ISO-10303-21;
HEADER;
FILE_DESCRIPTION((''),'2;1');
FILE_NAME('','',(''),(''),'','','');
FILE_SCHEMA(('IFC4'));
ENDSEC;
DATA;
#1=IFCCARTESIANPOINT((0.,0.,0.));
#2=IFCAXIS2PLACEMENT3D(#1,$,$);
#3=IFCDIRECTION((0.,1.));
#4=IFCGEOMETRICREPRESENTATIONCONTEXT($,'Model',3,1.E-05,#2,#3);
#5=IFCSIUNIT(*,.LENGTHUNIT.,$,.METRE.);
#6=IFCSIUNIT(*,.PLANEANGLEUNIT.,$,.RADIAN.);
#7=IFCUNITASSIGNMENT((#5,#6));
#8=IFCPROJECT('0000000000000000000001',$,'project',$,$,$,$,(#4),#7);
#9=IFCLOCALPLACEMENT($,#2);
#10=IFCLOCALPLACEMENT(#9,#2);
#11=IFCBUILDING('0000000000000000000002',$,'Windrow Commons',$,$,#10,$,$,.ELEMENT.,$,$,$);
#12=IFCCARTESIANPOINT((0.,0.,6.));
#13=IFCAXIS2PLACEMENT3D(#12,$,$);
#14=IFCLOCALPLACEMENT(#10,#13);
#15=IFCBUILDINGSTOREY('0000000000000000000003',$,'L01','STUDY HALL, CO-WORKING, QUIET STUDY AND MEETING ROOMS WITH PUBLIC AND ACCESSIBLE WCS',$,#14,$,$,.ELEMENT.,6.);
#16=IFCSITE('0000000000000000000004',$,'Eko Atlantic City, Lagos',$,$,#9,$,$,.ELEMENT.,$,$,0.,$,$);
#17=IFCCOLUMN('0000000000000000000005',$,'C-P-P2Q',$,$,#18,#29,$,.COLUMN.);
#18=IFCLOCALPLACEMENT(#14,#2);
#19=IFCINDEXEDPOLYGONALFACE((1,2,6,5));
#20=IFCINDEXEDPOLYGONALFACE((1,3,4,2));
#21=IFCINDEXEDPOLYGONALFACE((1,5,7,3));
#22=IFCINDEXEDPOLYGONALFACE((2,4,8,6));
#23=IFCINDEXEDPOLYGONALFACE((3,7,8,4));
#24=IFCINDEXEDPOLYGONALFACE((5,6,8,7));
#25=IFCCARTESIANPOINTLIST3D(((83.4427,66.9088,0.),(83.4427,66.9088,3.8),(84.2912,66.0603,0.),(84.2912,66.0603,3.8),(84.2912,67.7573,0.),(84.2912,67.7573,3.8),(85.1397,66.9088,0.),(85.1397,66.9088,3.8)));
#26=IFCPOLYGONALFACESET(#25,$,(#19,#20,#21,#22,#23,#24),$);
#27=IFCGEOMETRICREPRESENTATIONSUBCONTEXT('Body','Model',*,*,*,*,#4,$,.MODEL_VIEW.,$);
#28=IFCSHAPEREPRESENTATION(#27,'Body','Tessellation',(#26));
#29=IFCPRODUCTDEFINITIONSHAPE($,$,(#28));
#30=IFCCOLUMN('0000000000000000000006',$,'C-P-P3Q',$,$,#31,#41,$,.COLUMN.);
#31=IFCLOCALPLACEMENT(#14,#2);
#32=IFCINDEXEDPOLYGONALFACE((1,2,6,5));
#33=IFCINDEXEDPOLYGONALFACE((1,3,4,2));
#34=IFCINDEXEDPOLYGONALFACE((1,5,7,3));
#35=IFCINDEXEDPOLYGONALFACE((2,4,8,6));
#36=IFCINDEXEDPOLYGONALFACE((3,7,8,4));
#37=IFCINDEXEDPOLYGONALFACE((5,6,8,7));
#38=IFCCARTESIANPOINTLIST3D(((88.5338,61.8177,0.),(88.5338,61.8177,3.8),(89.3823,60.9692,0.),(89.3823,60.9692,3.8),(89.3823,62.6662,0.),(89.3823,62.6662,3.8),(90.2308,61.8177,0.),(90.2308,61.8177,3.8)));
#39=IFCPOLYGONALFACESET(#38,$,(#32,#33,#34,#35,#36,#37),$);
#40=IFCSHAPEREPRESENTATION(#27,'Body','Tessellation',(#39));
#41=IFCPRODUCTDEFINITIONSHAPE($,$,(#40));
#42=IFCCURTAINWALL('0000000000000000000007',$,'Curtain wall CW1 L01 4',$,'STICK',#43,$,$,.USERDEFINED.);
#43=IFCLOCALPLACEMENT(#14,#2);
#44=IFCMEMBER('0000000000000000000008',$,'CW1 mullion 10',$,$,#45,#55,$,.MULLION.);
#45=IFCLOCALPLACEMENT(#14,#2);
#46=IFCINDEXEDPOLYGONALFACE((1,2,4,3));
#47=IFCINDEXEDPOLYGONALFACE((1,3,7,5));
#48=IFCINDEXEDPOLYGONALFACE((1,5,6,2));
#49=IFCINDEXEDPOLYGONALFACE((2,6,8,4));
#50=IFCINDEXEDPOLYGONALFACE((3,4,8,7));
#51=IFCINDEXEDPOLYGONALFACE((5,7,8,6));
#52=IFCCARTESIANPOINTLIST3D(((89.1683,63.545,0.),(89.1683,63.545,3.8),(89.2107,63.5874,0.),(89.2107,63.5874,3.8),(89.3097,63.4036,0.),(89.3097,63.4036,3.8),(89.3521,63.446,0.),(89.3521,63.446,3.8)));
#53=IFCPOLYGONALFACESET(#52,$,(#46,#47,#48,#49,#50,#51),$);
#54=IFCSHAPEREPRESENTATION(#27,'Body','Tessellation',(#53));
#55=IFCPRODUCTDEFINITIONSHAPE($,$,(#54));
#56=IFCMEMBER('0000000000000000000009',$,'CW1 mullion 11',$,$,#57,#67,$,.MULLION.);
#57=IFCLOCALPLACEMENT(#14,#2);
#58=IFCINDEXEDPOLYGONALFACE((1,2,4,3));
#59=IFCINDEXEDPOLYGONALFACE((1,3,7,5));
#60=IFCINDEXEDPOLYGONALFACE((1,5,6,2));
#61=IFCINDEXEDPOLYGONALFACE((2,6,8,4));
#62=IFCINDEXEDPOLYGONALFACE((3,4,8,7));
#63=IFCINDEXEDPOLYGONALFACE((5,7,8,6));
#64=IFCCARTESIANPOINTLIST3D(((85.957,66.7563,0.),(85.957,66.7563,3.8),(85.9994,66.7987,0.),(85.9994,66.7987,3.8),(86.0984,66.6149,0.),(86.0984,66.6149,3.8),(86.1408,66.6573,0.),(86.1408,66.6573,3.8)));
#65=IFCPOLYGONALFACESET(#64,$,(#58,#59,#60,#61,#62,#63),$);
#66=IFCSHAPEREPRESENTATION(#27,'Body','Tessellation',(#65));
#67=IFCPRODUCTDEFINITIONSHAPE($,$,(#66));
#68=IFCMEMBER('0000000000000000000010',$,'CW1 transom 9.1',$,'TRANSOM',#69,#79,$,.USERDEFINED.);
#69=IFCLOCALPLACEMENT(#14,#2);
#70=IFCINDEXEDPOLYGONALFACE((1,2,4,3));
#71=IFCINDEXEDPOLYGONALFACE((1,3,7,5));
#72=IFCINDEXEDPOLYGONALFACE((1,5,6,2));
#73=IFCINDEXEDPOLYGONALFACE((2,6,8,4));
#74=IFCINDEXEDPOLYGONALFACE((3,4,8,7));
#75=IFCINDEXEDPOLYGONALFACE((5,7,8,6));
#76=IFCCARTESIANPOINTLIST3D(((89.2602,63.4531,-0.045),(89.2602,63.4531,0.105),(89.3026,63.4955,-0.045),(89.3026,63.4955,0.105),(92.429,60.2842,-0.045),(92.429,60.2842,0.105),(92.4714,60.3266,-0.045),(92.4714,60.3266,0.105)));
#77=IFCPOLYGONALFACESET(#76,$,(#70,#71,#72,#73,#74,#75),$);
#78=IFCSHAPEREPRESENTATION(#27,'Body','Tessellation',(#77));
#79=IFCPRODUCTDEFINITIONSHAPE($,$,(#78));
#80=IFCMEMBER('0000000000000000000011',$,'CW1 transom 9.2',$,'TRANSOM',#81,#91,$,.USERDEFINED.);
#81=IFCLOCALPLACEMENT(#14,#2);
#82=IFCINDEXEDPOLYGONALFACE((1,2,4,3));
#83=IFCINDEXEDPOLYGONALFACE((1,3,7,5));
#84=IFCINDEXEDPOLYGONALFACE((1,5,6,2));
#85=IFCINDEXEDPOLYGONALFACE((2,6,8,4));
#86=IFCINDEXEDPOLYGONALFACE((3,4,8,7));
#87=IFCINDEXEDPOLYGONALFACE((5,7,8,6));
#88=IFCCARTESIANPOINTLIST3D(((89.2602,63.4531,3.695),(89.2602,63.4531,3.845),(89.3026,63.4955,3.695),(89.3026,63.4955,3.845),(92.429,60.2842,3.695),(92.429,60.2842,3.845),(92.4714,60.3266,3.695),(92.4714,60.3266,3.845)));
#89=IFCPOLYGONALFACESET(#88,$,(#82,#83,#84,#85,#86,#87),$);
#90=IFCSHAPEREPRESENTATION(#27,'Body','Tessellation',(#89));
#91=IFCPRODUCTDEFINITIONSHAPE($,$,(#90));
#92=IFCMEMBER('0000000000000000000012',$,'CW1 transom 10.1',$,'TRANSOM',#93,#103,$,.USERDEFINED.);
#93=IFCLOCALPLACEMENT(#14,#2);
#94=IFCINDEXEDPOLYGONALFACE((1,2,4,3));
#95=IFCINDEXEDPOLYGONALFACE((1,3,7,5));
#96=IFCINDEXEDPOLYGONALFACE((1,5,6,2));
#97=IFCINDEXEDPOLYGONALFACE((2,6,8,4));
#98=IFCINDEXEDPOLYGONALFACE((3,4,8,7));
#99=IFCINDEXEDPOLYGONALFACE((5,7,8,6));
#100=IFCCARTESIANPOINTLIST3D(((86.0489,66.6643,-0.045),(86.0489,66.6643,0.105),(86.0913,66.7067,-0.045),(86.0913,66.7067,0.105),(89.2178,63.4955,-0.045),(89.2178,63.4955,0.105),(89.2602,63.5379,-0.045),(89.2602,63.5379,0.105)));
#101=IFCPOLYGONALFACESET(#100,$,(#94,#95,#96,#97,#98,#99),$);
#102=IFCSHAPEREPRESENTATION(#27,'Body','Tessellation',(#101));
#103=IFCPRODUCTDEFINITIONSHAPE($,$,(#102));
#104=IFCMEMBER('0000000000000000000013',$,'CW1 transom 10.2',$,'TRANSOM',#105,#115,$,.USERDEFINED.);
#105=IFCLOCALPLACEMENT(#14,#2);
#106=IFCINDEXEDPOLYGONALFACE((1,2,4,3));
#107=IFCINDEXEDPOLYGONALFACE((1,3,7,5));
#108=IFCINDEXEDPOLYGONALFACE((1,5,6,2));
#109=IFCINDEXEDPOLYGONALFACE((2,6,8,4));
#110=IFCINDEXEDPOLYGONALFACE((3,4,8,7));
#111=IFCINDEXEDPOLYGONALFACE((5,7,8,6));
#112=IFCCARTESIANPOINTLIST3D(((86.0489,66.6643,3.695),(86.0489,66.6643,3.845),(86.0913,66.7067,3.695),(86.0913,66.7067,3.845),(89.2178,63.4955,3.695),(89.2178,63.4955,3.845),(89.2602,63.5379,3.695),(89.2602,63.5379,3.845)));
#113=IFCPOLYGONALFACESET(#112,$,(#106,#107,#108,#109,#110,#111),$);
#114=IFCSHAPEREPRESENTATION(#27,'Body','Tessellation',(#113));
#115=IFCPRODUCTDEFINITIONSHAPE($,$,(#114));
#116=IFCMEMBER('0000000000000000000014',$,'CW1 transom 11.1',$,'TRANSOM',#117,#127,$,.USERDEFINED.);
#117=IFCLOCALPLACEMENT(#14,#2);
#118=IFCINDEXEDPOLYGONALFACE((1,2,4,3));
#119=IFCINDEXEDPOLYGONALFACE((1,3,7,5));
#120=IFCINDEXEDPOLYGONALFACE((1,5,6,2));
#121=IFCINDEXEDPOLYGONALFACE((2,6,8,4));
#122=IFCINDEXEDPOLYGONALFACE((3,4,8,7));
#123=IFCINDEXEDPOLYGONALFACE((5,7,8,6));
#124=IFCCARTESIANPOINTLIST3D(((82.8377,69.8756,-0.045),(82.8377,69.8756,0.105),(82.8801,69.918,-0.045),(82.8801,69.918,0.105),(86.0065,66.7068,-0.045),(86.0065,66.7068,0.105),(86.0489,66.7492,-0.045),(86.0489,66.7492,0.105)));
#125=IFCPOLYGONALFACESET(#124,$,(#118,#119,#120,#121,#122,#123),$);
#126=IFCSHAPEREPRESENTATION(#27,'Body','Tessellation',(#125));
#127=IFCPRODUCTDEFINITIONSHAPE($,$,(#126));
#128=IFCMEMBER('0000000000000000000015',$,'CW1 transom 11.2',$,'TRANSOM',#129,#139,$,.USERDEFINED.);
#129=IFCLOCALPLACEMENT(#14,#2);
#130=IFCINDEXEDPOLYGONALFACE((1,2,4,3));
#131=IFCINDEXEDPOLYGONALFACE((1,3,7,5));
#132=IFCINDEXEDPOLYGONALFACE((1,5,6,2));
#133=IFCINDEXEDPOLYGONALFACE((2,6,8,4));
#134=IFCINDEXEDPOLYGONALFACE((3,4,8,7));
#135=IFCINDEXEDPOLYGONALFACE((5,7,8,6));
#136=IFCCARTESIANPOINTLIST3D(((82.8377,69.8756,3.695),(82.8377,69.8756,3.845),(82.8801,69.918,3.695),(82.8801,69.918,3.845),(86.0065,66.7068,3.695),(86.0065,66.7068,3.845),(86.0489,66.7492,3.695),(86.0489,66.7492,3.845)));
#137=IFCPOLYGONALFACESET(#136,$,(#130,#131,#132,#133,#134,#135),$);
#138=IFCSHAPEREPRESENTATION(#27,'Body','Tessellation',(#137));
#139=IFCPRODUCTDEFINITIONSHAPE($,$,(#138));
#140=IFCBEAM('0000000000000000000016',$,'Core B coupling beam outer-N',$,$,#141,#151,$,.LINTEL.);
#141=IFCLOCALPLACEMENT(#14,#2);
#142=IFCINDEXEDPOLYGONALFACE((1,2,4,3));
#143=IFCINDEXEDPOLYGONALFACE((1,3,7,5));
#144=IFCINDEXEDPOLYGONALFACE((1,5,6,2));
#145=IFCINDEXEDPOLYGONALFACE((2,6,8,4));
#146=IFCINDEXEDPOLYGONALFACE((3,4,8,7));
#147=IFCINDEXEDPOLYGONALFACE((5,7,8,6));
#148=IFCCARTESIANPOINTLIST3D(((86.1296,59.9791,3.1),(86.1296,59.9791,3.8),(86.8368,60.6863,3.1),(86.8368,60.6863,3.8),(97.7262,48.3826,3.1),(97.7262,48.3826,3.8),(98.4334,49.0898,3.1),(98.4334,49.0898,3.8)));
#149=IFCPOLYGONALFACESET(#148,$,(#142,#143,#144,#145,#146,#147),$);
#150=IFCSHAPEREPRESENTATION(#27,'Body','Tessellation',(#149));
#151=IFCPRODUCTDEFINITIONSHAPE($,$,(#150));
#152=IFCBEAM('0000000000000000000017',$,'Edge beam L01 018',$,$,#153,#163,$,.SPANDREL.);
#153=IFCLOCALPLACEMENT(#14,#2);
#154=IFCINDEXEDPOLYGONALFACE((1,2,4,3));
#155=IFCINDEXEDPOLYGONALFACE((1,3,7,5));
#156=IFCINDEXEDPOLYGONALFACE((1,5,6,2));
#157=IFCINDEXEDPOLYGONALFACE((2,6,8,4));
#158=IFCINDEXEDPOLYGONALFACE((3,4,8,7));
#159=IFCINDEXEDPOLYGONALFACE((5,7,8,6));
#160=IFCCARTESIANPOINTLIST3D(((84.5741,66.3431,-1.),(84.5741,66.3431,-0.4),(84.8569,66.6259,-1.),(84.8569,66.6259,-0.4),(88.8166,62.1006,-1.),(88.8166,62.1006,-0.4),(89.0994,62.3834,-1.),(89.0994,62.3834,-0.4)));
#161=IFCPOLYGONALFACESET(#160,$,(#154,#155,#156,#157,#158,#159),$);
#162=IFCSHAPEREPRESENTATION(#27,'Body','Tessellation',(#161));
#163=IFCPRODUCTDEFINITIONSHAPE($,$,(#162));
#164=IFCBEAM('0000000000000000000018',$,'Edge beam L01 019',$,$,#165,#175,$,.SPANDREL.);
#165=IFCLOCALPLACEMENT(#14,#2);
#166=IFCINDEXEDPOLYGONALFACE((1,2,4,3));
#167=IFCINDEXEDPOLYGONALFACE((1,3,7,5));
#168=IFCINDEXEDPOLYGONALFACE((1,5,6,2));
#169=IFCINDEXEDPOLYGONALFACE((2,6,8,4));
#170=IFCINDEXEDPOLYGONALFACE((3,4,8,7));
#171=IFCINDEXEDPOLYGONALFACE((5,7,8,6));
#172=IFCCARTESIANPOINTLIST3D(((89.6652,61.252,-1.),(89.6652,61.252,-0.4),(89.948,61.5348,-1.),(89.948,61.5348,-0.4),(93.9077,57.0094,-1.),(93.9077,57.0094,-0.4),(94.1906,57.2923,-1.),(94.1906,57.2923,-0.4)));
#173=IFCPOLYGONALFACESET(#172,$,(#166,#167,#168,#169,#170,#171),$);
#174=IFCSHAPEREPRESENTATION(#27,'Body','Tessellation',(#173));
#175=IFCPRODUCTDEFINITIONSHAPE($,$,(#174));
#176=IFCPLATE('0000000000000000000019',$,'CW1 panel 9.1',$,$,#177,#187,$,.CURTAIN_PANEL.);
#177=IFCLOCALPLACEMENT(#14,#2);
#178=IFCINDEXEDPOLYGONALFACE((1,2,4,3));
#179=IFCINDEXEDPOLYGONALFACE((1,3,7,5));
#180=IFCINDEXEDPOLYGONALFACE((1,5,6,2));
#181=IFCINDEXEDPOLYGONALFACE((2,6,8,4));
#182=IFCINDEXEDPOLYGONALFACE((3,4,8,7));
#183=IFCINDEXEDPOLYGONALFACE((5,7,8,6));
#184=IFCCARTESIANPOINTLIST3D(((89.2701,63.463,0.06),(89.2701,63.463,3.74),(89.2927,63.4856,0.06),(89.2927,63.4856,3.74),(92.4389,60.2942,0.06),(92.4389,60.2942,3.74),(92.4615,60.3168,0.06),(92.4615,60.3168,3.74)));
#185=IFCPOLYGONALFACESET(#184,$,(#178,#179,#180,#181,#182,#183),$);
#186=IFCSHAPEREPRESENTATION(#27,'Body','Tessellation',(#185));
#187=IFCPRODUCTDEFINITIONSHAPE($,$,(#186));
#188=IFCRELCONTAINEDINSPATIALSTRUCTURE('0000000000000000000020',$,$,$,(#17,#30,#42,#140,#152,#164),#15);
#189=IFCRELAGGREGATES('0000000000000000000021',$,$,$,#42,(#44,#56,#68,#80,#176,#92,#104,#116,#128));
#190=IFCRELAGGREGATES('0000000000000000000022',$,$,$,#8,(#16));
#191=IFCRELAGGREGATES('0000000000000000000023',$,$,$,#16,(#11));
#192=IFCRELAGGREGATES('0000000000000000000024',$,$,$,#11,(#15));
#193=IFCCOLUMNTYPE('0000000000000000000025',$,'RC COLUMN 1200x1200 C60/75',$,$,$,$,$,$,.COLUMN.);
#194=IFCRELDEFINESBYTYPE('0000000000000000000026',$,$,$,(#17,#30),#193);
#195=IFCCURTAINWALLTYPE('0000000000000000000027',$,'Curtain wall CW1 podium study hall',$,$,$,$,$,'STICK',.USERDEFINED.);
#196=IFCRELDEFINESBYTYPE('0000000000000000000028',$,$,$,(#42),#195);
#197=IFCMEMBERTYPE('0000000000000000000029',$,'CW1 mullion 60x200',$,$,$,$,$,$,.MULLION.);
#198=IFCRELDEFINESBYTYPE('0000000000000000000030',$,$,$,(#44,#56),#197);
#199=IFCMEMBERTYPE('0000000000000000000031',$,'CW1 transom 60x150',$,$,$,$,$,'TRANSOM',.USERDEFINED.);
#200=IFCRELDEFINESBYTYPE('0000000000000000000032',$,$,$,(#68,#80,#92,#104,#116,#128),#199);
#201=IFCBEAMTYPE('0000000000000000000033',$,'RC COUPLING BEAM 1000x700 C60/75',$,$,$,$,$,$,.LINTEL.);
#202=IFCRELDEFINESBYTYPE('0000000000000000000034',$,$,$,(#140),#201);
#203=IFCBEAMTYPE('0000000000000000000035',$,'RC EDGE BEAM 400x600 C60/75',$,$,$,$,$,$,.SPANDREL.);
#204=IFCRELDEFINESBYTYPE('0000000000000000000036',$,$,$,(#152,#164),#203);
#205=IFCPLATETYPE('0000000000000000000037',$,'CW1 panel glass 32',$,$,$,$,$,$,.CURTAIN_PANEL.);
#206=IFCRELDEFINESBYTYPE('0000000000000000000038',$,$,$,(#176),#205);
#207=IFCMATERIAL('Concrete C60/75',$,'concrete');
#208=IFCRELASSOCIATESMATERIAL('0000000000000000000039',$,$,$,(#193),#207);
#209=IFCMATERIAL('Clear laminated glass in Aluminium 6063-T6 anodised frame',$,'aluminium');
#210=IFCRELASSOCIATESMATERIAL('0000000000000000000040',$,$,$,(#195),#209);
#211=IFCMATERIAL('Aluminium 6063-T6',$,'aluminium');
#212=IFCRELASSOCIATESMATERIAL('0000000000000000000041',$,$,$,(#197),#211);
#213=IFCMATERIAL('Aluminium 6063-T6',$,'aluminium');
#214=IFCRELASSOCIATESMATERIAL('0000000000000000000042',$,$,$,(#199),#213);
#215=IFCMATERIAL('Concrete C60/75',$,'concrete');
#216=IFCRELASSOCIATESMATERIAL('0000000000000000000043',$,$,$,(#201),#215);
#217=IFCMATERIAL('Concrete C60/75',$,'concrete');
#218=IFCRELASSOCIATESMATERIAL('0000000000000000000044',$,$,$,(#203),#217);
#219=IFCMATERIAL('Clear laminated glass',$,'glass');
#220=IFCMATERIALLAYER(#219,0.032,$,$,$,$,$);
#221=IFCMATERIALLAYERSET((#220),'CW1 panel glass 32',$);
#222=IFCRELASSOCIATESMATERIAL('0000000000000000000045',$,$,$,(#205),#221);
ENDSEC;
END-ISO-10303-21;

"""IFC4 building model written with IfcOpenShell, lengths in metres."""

from ifc_helpers import new_model, si_unit, direction, frame, origin, origin_2d, place, context, subcontext, project, spatial, rectangle, extrude, material, layer, layer_set, material_profile, profile_set, type_object, element, aggregate, save


model = new_model("IFC4")

# Units and contexts
model_context = context("Model", 3, precision=1e-05, world=origin(), true_north=direction((0.0, 1.0)))
body_context = subcontext(model_context, "Body", "Model", "MODEL_VIEW")
ifc_project = project(units=[si_unit("LENGTHUNIT", "METRE"), si_unit("PLANEANGLEUNIT", "RADIAN")], contexts=[model_context])

# Site, building, storey
site_placement = place(None, origin())
site = spatial("IfcSite", under=ifc_project, at=site_placement, Name="Eko Atlantic City, Lagos", CompositionType="ELEMENT", RefElevation=0.0)
building_placement = place(site_placement, origin())
building = spatial("IfcBuilding", under=site, at=building_placement, Name="Windrow Commons", CompositionType="ELEMENT")
storey_placement = place(building_placement, frame((0.0, 0.0, 6.0)))
storey = spatial("IfcBuildingStorey", under=building, at=storey_placement, Name="L01", Description="STUDY HALL, CO-WORKING, QUIET STUDY AND MEETING ROOMS WITH PUBLIC AND ACCESSIBLE WCS", CompositionType="ELEMENT", Elevation=6.0)

# Columns
ifc_material_1 = material(Name="Concrete C60/75", Category="concrete")
ifc_material_profile_1 = material_profile(ifc_material_1, rectangle(XDim=1.2, YDim=1.2, at=origin_2d()))
ifc_profile_set_1 = profile_set([ifc_material_profile_1], Name="Concrete C60/75")
column_type = type_object("IfcColumnType", Name="RC COLUMN 1200x1200 C60/75", PredefinedType="COLUMN", material=ifc_profile_set_1)
for number, where, z_axis, x_axis, name in (
    (1, (84.2912, 66.9088, 0.0), (0.0, 0.0, 1.0), (0.707107, -0.707107, 0.0), "C-P-P2Q"),
    (2, (89.3823, 61.8177, 0.0), (0.0, 0.0, 1.0), (0.707107, -0.707107, 0.0), "C-P-P3Q"),
):
    element("IfcColumn", number, at=place(storey_placement, frame(where, z_axis=z_axis, x_axis=x_axis)), inside=storey, type_object=column_type, Name=name, PredefinedType="COLUMN", context=body_context, shape_type="SweptSolid", body=[
        extrude(rectangle(XDim=1.2, YDim=1.2, at=origin_2d()), origin(), (0.0, 0.0, 1.0), 3.8),
    ])

# Curtain wall, members
ifc_material_2 = material(Name="Clear laminated glass in Aluminium 6063-T6 anodised frame", Category="aluminium")
curtain_wall_type = type_object("IfcCurtainWallType", Name="Curtain wall CW1 podium study hall", ElementType="STICK", PredefinedType="USERDEFINED", material=ifc_material_2)
curtain_wall_placement = place(storey_placement, origin())
curtain_wall = element("IfcCurtainWall", 3, at=curtain_wall_placement, inside=storey, type_object=curtain_wall_type, Name="Curtain wall CW1 L01 4", ObjectType="STICK", PredefinedType="USERDEFINED")
ifc_material_3 = material(Name="Aluminium 6063-T6", Category="aluminium")
ifc_material_profile_2 = material_profile(ifc_material_3, rectangle(XDim=0.06, YDim=0.2, at=origin_2d()))
ifc_profile_set_2 = profile_set([ifc_material_profile_2], Name="Aluminium 6063-T6")
member_type_1 = type_object("IfcMemberType", Name="CW1 mullion 60x200", PredefinedType="MULLION", material=ifc_profile_set_2)
member_1_placement = place(storey_placement, frame((89.2602, 63.4955, 0.0), z_axis=(0.0, 0.0, 1.0), x_axis=(-0.707107, -0.707107, 0.0)))
member_1 = element("IfcMember", 4, at=member_1_placement, type_object=member_type_1, Name="CW1 mullion 10", PredefinedType="MULLION", context=body_context, shape_type="SweptSolid", body=[
    extrude(rectangle(XDim=0.06, YDim=0.2, at=origin_2d()), origin(), (0.0, 0.0, 1.0), 3.8),
])
member_2_placement = place(storey_placement, frame((86.0489, 66.7068, 0.0), z_axis=(0.0, 0.0, 1.0), x_axis=(-0.707107, -0.707107, 0.0)))
member_2 = element("IfcMember", 5, at=member_2_placement, type_object=member_type_1, Name="CW1 mullion 11", PredefinedType="MULLION", context=body_context, shape_type="SweptSolid", body=[
    extrude(rectangle(XDim=0.06, YDim=0.2, at=origin_2d()), origin(), (0.0, 0.0, 1.0), 3.8),
])
ifc_material_4 = material(Name="Aluminium 6063-T6", Category="aluminium")
ifc_material_profile_3 = material_profile(ifc_material_4, rectangle(XDim=0.06, YDim=0.15, at=origin_2d()))
ifc_profile_set_3 = profile_set([ifc_material_profile_3], Name="Aluminium 6063-T6")
member_type_2 = type_object("IfcMemberType", Name="CW1 transom 60x150", ElementType="TRANSOM", PredefinedType="USERDEFINED", material=ifc_profile_set_3)
member_3_placement = place(storey_placement, frame((92.4502, 60.3054, 0.03), z_axis=(-0.707096, 0.707118, 0.0), x_axis=(-0.707118, -0.707096, 0.0)))
member_3 = element("IfcMember", 6, at=member_3_placement, type_object=member_type_2, Name="CW1 transom 9.1", ObjectType="TRANSOM", PredefinedType="USERDEFINED", context=body_context, shape_type="SweptSolid", body=[
    extrude(rectangle(XDim=0.06, YDim=0.15, at=origin_2d()), origin(), (0.0, 0.0, 1.0), 4.4814),
])
member_4_placement = place(storey_placement, frame((92.4502, 60.3054, 3.77), z_axis=(-0.707096, 0.707118, 0.0), x_axis=(-0.707118, -0.707096, 0.0)))
member_4 = element("IfcMember", 7, at=member_4_placement, type_object=member_type_2, Name="CW1 transom 9.2", ObjectType="TRANSOM", PredefinedType="USERDEFINED", context=body_context, shape_type="SweptSolid", body=[
    extrude(rectangle(XDim=0.06, YDim=0.15, at=origin_2d()), origin(), (0.0, 0.0, 1.0), 4.4814),
])
member_5_placement = place(storey_placement, frame((89.239, 63.5167, 0.03), z_axis=(-0.707118, 0.707096, 0.0), x_axis=(-0.707096, -0.707118, 0.0)))
member_5 = element("IfcMember", 8, at=member_5_placement, type_object=member_type_2, Name="CW1 transom 10.1", ObjectType="TRANSOM", PredefinedType="USERDEFINED", context=body_context, shape_type="SweptSolid", body=[
    extrude(rectangle(XDim=0.06, YDim=0.15, at=origin_2d()), origin(), (0.0, 0.0, 1.0), 4.4814),
])
member_6_placement = place(storey_placement, frame((89.239, 63.5167, 3.77), z_axis=(-0.707118, 0.707096, 0.0), x_axis=(-0.707096, -0.707118, 0.0)))
member_6 = element("IfcMember", 9, at=member_6_placement, type_object=member_type_2, Name="CW1 transom 10.2", ObjectType="TRANSOM", PredefinedType="USERDEFINED", context=body_context, shape_type="SweptSolid", body=[
    extrude(rectangle(XDim=0.06, YDim=0.15, at=origin_2d()), origin(), (0.0, 0.0, 1.0), 4.4814),
])
member_7_placement = place(storey_placement, frame((86.0277, 66.728, 0.03), z_axis=(-0.707107, 0.707107, 0.0), x_axis=(-0.707107, -0.707107, 0.0)))
member_7 = element("IfcMember", 10, at=member_7_placement, type_object=member_type_2, Name="CW1 transom 11.1", ObjectType="TRANSOM", PredefinedType="USERDEFINED", context=body_context, shape_type="SweptSolid", body=[
    extrude(rectangle(XDim=0.06, YDim=0.15, at=origin_2d()), origin(), (0.0, 0.0, 1.0), 4.4814),
])
member_8_placement = place(storey_placement, frame((86.0277, 66.728, 3.77), z_axis=(-0.707107, 0.707107, 0.0), x_axis=(-0.707107, -0.707107, 0.0)))
member_8 = element("IfcMember", 11, at=member_8_placement, type_object=member_type_2, Name="CW1 transom 11.2", ObjectType="TRANSOM", PredefinedType="USERDEFINED", context=body_context, shape_type="SweptSolid", body=[
    extrude(rectangle(XDim=0.06, YDim=0.15, at=origin_2d()), origin(), (0.0, 0.0, 1.0), 4.4814),
])

# Beams
ifc_material_5 = material(Name="Concrete C60/75", Category="concrete")
ifc_material_profile_4 = material_profile(ifc_material_5, rectangle(XDim=1.0, YDim=0.7, at=origin_2d()))
ifc_profile_set_4 = profile_set([ifc_material_profile_4], Name="Concrete C60/75")
beam_type_1 = type_object("IfcBeamType", Name="RC COUPLING BEAM 1000x700 C60/75", PredefinedType="LINTEL", material=ifc_profile_set_4)
beam_1_placement = place(storey_placement, frame((86.4832, 60.3327, 3.45), z_axis=(0.70711, -0.707104, 0.0), x_axis=(0.707104, 0.70711, 0.0)))
element("IfcBeam", 12, at=beam_1_placement, inside=storey, type_object=beam_type_1, Name="Core B coupling beam outer-N", PredefinedType="LINTEL", context=body_context, shape_type="SweptSolid", body=[
    extrude(rectangle(XDim=1.0, YDim=0.7, at=origin_2d()), origin(), (0.0, 0.0, 1.0), 16.4),
])
ifc_material_6 = material(Name="Concrete C60/75", Category="concrete")
ifc_material_profile_5 = material_profile(ifc_material_6, rectangle(XDim=0.4, YDim=0.6, at=origin_2d()))
ifc_profile_set_5 = profile_set([ifc_material_profile_5], Name="Concrete C60/75")
beam_type_2 = type_object("IfcBeamType", Name="RC EDGE BEAM 400x600 C60/75", PredefinedType="SPANDREL", material=ifc_profile_set_5)
beam_2_placement = place(storey_placement, frame((84.7155, 66.4845, -0.7), z_axis=(0.707107, -0.707107, 0.0), x_axis=(0.707107, 0.707107, 0.0)))
element("IfcBeam", 13, at=beam_2_placement, inside=storey, type_object=beam_type_2, Name="Edge beam L01 018", PredefinedType="SPANDREL", context=body_context, shape_type="SweptSolid", body=[
    extrude(rectangle(XDim=0.4, YDim=0.6, at=origin_2d()), origin(), (0.0, 0.0, 1.0), 5.9998),
])
beam_3_placement = place(storey_placement, frame((89.8066, 61.3934, -0.7), z_axis=(0.707107, -0.707107, 0.0), x_axis=(0.707107, 0.707107, 0.0)))
element("IfcBeam", 14, at=beam_3_placement, inside=storey, type_object=beam_type_2, Name="Edge beam L01 019", PredefinedType="SPANDREL", context=body_context, shape_type="SweptSolid", body=[
    extrude(rectangle(XDim=0.4, YDim=0.6, at=origin_2d()), origin(), (0.0, 0.0, 1.0), 5.9999),
])

# Plate
ifc_material_7 = material(Name="Clear laminated glass", Category="glass")
ifc_layer_1 = layer(ifc_material_7, 0.032)
ifc_layer_set_1 = layer_set([ifc_layer_1], Name="CW1 panel glass 32")
plate_type = type_object("IfcPlateType", Name="CW1 panel glass 32", PredefinedType="CURTAIN_PANEL", material=ifc_layer_set_1)
plate_1_placement = place(storey_placement, frame((90.8658, 61.8899, 0.06), z_axis=(0.0, 0.0, 1.0), x_axis=(-0.707107, 0.707107, 0.0)))
plate_1 = element("IfcPlate", 15, at=plate_1_placement, type_object=plate_type, Name="CW1 panel 9.1", PredefinedType="CURTAIN_PANEL", context=body_context, shape_type="SweptSolid", body=[
    extrude(rectangle(XDim=4.4814, YDim=0.032, at=origin_2d()), origin(), (0.0, 0.0, 1.0), 3.68),
])
aggregate(curtain_wall, [member_1, member_2, member_3, member_4, plate_1, member_5, member_6, member_7, member_8])

save(model, "model.ifc")
